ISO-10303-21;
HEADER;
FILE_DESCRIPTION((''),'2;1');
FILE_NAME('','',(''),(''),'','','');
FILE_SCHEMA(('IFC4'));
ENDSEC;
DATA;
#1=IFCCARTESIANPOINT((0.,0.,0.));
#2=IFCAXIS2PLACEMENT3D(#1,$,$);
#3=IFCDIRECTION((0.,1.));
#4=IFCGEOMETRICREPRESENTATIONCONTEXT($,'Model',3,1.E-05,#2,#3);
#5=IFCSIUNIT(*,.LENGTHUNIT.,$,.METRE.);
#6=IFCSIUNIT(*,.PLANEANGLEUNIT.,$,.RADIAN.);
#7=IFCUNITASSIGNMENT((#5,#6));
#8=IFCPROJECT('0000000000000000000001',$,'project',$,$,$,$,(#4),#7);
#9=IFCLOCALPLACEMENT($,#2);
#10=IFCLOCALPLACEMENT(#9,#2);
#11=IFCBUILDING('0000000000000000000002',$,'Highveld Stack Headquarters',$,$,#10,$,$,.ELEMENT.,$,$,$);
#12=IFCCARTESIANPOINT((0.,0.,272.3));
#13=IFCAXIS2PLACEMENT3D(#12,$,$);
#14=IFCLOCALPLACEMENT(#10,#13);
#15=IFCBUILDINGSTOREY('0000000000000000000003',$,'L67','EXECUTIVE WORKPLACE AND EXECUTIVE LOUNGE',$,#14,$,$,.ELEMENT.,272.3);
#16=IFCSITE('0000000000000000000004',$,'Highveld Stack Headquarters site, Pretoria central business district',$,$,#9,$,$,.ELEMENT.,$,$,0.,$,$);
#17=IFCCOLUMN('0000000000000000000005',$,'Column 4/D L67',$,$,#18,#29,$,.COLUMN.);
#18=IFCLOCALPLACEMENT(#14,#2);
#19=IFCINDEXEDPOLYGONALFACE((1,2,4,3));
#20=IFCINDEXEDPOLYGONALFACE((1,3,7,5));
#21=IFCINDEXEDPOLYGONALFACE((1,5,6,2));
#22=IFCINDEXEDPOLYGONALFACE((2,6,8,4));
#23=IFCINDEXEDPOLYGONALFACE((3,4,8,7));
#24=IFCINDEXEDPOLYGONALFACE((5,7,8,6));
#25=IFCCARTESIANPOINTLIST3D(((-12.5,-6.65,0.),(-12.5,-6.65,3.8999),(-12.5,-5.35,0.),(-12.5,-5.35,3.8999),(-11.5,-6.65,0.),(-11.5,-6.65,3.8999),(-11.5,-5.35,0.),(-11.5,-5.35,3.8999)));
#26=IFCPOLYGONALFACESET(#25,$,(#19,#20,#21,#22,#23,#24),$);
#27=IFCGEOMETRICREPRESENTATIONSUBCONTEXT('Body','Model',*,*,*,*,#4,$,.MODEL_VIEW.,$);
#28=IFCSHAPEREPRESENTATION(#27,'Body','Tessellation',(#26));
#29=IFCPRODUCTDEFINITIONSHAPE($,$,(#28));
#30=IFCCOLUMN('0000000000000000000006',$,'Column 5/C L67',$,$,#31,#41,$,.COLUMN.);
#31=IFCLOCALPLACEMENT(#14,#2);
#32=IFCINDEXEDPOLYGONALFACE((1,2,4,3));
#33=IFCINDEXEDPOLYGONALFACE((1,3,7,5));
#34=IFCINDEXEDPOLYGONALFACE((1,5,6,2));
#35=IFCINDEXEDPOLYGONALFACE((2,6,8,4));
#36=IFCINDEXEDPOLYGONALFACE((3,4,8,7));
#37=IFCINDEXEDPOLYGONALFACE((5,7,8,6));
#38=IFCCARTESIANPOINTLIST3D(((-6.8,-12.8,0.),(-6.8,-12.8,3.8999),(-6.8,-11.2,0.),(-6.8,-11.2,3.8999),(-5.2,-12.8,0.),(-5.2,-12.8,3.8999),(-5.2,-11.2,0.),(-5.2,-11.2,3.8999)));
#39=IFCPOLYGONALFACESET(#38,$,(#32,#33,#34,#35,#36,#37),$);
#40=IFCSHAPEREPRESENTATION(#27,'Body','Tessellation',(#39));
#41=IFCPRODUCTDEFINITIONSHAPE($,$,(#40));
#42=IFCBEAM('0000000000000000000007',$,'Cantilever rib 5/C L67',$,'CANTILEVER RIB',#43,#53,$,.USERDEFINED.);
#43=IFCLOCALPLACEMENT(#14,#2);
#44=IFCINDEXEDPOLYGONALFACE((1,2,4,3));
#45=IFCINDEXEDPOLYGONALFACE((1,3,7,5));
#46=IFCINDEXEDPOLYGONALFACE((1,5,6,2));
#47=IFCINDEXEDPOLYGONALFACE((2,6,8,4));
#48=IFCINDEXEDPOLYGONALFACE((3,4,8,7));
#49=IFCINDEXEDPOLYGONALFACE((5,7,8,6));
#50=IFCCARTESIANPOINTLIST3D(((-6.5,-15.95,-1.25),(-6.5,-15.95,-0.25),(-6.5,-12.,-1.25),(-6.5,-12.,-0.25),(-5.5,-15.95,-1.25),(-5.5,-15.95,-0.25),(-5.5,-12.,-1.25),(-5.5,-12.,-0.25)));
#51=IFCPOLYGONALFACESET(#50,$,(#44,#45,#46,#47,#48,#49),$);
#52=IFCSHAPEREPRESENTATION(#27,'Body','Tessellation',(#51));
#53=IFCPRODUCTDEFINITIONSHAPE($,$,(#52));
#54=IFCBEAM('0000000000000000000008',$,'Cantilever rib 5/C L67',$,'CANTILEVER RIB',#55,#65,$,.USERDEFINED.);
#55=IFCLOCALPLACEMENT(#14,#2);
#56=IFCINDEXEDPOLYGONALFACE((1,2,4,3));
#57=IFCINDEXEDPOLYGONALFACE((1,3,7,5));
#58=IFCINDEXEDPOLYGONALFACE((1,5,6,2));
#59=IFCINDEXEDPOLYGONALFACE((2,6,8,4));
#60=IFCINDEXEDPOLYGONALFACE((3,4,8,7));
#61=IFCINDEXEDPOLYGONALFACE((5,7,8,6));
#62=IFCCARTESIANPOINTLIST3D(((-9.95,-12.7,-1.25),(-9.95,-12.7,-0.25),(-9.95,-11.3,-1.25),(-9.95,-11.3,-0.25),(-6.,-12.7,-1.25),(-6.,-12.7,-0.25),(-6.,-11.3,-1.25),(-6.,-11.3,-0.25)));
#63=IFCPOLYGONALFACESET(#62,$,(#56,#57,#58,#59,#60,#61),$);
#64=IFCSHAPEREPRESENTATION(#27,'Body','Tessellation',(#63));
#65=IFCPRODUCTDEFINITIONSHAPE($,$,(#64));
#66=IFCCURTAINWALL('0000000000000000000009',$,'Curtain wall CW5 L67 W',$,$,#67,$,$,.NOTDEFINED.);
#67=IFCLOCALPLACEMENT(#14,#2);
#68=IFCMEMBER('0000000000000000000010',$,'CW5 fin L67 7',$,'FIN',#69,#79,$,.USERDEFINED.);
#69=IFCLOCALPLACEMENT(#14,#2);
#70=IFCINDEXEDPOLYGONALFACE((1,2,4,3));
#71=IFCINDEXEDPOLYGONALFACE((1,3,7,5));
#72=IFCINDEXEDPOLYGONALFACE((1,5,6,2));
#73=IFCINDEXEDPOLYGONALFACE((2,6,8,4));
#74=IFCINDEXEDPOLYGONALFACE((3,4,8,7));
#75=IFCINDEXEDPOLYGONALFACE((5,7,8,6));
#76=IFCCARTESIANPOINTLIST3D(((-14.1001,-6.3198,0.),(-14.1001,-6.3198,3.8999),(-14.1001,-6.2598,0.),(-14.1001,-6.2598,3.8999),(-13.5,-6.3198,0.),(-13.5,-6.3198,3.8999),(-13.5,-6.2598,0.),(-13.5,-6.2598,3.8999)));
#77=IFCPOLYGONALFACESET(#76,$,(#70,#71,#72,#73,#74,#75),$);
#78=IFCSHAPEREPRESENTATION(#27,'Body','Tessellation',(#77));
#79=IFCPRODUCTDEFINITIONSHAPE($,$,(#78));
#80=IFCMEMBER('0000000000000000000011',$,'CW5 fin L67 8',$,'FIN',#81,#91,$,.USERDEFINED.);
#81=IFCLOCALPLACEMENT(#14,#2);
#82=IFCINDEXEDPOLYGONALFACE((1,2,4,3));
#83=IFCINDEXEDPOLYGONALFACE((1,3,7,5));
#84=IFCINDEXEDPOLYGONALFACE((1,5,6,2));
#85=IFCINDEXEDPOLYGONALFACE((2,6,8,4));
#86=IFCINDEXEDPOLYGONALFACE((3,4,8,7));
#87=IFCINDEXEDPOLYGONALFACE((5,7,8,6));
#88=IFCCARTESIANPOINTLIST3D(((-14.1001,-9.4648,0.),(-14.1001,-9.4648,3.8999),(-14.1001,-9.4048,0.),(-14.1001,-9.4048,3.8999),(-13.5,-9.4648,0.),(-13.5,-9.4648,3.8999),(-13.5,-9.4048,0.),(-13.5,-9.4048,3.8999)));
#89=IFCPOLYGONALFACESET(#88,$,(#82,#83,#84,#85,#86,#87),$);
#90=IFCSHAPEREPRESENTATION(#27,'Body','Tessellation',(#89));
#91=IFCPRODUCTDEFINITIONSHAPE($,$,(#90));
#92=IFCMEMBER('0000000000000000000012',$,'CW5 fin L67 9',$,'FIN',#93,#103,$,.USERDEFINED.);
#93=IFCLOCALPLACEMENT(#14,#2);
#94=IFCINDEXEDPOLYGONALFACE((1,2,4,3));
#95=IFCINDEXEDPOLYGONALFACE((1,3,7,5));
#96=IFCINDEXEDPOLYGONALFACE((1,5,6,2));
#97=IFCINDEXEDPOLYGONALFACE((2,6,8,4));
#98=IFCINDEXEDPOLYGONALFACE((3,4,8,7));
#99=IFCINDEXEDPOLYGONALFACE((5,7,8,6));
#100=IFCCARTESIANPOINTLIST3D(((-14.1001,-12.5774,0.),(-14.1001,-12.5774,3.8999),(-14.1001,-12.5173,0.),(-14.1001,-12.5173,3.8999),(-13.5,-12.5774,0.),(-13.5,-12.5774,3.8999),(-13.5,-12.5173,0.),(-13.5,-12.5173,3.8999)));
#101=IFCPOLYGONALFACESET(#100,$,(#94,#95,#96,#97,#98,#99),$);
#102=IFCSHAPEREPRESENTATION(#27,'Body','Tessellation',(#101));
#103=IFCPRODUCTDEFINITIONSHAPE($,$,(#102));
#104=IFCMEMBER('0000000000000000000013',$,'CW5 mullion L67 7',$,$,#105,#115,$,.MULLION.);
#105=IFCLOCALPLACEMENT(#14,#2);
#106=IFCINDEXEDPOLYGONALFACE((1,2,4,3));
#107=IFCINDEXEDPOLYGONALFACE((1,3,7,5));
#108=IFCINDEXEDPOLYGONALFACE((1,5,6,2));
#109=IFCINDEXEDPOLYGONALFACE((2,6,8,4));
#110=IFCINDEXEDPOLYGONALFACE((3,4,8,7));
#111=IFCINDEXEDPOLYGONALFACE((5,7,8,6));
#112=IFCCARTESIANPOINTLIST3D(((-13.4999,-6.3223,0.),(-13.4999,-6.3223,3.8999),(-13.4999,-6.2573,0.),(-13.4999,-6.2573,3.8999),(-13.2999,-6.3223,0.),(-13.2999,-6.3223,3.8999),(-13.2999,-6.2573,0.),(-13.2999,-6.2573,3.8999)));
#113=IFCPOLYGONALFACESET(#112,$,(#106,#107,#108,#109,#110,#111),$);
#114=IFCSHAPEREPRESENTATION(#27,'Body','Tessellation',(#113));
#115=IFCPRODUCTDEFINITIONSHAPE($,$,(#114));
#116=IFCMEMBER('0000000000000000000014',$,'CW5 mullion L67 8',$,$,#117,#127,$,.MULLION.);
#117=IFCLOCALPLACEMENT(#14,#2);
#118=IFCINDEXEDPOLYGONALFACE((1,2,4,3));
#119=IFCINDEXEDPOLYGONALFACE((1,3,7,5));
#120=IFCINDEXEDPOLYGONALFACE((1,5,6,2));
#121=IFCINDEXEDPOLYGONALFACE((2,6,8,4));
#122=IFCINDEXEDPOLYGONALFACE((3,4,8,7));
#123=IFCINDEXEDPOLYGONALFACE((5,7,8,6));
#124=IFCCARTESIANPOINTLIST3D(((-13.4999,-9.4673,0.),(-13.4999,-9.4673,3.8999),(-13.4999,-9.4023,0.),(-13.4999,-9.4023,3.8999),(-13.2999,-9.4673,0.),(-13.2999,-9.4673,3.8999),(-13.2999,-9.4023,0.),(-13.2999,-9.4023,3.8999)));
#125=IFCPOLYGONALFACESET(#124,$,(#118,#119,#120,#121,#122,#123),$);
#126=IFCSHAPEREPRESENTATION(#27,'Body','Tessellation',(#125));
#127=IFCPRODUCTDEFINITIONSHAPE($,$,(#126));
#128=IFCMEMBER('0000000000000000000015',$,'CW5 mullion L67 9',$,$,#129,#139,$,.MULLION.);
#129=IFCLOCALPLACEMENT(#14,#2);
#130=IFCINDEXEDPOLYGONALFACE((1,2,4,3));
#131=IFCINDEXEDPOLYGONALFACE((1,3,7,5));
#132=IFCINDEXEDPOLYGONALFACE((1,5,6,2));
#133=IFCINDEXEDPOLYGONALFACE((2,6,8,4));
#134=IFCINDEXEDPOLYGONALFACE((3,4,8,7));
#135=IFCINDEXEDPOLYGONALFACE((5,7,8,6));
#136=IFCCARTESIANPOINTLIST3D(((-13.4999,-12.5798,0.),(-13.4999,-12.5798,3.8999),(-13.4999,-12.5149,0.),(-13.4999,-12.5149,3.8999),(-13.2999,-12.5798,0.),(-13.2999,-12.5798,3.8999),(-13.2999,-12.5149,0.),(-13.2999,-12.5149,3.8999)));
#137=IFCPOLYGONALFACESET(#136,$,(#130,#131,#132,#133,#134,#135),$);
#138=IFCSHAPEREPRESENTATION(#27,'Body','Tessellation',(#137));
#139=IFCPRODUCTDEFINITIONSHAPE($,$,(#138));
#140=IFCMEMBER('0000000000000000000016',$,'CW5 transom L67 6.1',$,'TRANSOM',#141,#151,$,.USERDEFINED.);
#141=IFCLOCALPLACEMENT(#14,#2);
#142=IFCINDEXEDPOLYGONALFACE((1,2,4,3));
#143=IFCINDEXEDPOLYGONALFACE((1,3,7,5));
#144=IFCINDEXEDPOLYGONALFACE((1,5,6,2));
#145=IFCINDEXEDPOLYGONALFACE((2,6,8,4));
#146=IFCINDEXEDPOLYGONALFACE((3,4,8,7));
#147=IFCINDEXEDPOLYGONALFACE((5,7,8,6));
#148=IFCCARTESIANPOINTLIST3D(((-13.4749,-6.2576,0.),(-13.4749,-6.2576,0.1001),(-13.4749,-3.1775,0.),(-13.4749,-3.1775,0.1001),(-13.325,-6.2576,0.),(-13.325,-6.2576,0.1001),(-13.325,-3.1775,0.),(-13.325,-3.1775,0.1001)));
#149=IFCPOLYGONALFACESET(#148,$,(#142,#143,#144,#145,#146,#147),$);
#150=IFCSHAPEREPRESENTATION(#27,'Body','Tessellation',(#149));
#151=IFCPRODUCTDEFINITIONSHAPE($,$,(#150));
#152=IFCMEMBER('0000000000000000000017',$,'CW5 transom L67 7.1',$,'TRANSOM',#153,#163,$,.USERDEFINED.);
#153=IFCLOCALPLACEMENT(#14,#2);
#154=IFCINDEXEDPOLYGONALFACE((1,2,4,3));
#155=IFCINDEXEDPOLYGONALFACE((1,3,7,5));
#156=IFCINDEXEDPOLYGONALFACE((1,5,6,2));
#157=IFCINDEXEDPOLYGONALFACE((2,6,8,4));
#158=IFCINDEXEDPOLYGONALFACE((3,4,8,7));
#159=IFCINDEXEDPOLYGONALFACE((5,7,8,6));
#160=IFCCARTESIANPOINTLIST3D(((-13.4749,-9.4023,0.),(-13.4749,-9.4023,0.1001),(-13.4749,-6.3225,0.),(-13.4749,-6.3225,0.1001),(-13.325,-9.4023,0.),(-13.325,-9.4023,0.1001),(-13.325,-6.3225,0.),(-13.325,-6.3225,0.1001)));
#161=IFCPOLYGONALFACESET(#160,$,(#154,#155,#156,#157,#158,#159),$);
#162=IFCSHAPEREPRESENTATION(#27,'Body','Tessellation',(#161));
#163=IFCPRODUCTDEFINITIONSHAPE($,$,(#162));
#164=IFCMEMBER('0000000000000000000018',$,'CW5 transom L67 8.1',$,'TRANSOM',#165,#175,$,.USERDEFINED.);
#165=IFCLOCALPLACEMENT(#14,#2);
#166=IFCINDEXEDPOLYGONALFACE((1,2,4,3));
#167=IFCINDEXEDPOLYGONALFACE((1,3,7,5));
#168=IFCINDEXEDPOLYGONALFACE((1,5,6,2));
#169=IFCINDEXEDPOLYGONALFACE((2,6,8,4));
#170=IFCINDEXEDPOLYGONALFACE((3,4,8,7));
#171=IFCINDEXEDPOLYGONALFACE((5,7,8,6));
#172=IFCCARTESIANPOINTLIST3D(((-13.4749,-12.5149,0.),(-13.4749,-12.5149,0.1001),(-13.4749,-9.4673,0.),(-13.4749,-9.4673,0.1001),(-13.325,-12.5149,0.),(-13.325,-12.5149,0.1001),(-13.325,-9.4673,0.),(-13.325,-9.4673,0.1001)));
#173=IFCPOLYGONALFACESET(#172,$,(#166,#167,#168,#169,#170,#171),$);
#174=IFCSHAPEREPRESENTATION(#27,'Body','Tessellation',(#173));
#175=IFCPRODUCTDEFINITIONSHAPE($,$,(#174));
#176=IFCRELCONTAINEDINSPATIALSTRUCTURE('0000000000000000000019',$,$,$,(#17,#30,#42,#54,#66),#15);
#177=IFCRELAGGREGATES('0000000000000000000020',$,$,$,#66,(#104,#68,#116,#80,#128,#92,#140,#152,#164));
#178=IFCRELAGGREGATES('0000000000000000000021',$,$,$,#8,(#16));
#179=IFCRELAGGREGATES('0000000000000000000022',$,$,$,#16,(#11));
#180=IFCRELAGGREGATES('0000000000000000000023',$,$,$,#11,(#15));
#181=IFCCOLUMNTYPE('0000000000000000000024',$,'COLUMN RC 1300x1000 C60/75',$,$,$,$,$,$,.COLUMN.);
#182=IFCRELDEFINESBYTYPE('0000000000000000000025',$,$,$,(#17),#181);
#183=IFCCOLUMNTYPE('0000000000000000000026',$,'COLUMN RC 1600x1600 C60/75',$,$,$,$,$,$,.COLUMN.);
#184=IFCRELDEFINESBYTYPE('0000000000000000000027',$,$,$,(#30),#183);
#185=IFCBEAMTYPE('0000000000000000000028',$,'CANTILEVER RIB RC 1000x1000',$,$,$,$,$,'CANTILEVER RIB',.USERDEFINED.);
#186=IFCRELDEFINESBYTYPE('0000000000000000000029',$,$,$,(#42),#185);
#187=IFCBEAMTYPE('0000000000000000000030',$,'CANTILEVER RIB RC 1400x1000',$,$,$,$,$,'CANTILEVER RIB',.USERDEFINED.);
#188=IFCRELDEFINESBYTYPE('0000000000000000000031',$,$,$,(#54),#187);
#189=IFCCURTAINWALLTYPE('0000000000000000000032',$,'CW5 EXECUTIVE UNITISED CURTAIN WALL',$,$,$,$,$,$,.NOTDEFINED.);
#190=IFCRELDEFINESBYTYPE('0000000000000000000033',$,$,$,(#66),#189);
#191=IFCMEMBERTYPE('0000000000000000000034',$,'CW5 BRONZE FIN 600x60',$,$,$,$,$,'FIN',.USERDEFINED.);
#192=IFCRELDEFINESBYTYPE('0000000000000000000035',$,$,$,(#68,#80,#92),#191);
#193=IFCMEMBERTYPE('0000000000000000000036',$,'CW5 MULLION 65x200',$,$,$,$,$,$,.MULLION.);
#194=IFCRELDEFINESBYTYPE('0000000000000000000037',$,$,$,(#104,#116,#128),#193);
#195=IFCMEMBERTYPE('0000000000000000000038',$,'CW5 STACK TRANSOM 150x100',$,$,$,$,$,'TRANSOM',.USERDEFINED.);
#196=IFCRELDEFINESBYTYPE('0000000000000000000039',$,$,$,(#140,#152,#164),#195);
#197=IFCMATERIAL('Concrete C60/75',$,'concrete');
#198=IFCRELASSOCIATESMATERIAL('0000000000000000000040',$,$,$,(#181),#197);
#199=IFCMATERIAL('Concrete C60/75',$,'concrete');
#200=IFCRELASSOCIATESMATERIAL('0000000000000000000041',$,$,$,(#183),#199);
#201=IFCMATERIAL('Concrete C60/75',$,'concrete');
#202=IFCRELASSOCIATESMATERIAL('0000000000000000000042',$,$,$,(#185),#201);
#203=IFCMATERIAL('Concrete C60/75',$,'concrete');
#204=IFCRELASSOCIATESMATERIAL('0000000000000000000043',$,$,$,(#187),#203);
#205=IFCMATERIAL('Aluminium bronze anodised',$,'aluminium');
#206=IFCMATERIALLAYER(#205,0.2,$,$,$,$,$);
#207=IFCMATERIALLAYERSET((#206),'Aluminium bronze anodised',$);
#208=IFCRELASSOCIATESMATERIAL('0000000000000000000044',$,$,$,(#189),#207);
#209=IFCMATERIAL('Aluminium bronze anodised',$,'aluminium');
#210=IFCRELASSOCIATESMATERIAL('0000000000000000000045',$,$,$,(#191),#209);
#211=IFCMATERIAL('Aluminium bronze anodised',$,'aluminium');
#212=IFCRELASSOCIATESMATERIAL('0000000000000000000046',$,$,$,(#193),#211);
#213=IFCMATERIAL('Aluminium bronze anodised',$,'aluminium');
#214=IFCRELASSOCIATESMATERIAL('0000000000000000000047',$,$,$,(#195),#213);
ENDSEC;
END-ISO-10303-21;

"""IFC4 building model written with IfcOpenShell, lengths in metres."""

from ifc_helpers import new_model, si_unit, direction, frame, origin, origin_2d, place, context, subcontext, project, spatial, rectangle, extrude, material, layer, layer_set, material_profile, profile_set, type_object, element, aggregate, save


model = new_model("IFC4")

# Units and contexts
model_context = context("Model", 3, precision=1e-05, world=origin(), true_north=direction((0.0, 1.0)))
body_context = subcontext(model_context, "Body", "Model", "MODEL_VIEW")
ifc_project = project(units=[si_unit("LENGTHUNIT", "METRE"), si_unit("PLANEANGLEUNIT", "RADIAN")], contexts=[model_context])

# Site, building, storey
site_placement = place(None, origin())
site = spatial("IfcSite", under=ifc_project, at=site_placement, Name="Highveld Stack Headquarters site, Pretoria central business district", CompositionType="ELEMENT", RefElevation=0.0)
building_placement = place(site_placement, origin())
building = spatial("IfcBuilding", under=site, at=building_placement, Name="Highveld Stack Headquarters", CompositionType="ELEMENT")
storey_placement = place(building_placement, frame((0.0, 0.0, 272.3)))
storey = spatial("IfcBuildingStorey", under=building, at=storey_placement, Name="L67", Description="EXECUTIVE WORKPLACE AND EXECUTIVE LOUNGE", CompositionType="ELEMENT", Elevation=272.3)

# Columns
ifc_material_1 = material(Name="Concrete C60/75", Category="concrete")
ifc_material_profile_1 = material_profile(ifc_material_1, rectangle(XDim=1.3, YDim=1.0, at=origin_2d()), Name="RC 1300x1000")
ifc_profile_set_1 = profile_set([ifc_material_profile_1], Name="Concrete C60/75")
column_type_1 = type_object("IfcColumnType", Name="COLUMN RC 1300x1000 C60/75", PredefinedType="COLUMN", material=ifc_profile_set_1)
column_1_placement = place(storey_placement, frame((-12.0, -6.0, 0.0), z_axis=(0.0, 0.0, 1.0), x_axis=(0.0, 1.0, 0.0)))
element("IfcColumn", 1, at=column_1_placement, inside=storey, type_object=column_type_1, Name="Column 4/D L67", PredefinedType="COLUMN", context=body_context, shape_type="SweptSolid", body=[
    extrude(rectangle(XDim=1.3, YDim=1.0, at=origin_2d()), origin(), (0.0, 0.0, 1.0), 3.8999),
])
ifc_material_2 = material(Name="Concrete C60/75", Category="concrete")
ifc_material_profile_2 = material_profile(ifc_material_2, rectangle(XDim=1.6001, YDim=1.6001, at=origin_2d()), Name="RC 1600x1600")
ifc_profile_set_2 = profile_set([ifc_material_profile_2], Name="Concrete C60/75")
column_type_2 = type_object("IfcColumnType", Name="COLUMN RC 1600x1600 C60/75", PredefinedType="COLUMN", material=ifc_profile_set_2)
column_2_placement = place(storey_placement, frame((-6.0, -12.0, 0.0), z_axis=(0.0, 0.0, 1.0), x_axis=(1.0, 0.0, 0.0)))
element("IfcColumn", 2, at=column_2_placement, inside=storey, type_object=column_type_2, Name="Column 5/C L67", PredefinedType="COLUMN", context=body_context, shape_type="SweptSolid", body=[
    extrude(rectangle(XDim=1.6001, YDim=1.6001, at=origin_2d()), origin(), (0.0, 0.0, 1.0), 3.8999),
])

# Beams
ifc_material_3 = material(Name="Concrete C60/75", Category="concrete")
ifc_material_profile_3 = material_profile(ifc_material_3, rectangle(XDim=1.0, YDim=1.0, at=origin_2d()), Name="RC 1000x1000")
ifc_profile_set_3 = profile_set([ifc_material_profile_3], Name="Concrete C60/75")
beam_type_1 = type_object("IfcBeamType", Name="CANTILEVER RIB RC 1000x1000", ElementType="CANTILEVER RIB", PredefinedType="USERDEFINED", material=ifc_profile_set_3)
beam_1_placement = place(storey_placement, frame((-6.0, -12.0, -0.75), z_axis=(0.0, -1.0, 0.0), x_axis=(1.0, 0.0, 0.0)))
element("IfcBeam", 3, at=beam_1_placement, inside=storey, type_object=beam_type_1, Name="Cantilever rib 5/C L67", ObjectType="CANTILEVER RIB", PredefinedType="USERDEFINED", context=body_context, shape_type="SweptSolid", body=[
    extrude(rectangle(XDim=1.0, YDim=1.0, at=origin_2d()), origin(), (0.0, 0.0, 1.0), 3.95),
])
ifc_material_4 = material(Name="Concrete C60/75", Category="concrete")
ifc_material_profile_4 = material_profile(ifc_material_4, rectangle(XDim=1.3999, YDim=1.0, at=origin_2d()), Name="RC 1400x1000")
ifc_profile_set_4 = profile_set([ifc_material_profile_4], Name="Concrete C60/75")
beam_type_2 = type_object("IfcBeamType", Name="CANTILEVER RIB RC 1400x1000", ElementType="CANTILEVER RIB", PredefinedType="USERDEFINED", material=ifc_profile_set_4)
beam_2_placement = place(storey_placement, frame((-6.0, -12.0, -0.75), z_axis=(-1.0, 0.0, 0.0), x_axis=(0.0, -1.0, 0.0)))
element("IfcBeam", 4, at=beam_2_placement, inside=storey, type_object=beam_type_2, Name="Cantilever rib 5/C L67", ObjectType="CANTILEVER RIB", PredefinedType="USERDEFINED", context=body_context, shape_type="SweptSolid", body=[
    extrude(rectangle(XDim=1.3999, YDim=1.0, at=origin_2d()), origin(), (0.0, 0.0, 1.0), 3.95),
])

# Curtain wall, members
ifc_material_5 = material(Name="Aluminium bronze anodised", Category="aluminium")
ifc_layer_1 = layer(ifc_material_5, 0.2)
ifc_layer_set_1 = layer_set([ifc_layer_1], Name="Aluminium bronze anodised")
curtain_wall_type = type_object("IfcCurtainWallType", Name="CW5 EXECUTIVE UNITISED CURTAIN WALL", PredefinedType="NOTDEFINED", material=ifc_layer_set_1)
curtain_wall_placement = place(storey_placement, origin())
curtain_wall = element("IfcCurtainWall", 5, at=curtain_wall_placement, inside=storey, type_object=curtain_wall_type, Name="Curtain wall CW5 L67 W", PredefinedType="NOTDEFINED")
ifc_material_6 = material(Name="Aluminium bronze anodised", Category="aluminium")
ifc_material_profile_5 = material_profile(ifc_material_6, rectangle(XDim=0.6001, YDim=0.0601, at=origin_2d()), Name="FIN 600x60")
ifc_profile_set_5 = profile_set([ifc_material_profile_5], Name="Aluminium bronze anodised")
member_type_1 = type_object("IfcMemberType", Name="CW5 BRONZE FIN 600x60", ElementType="FIN", PredefinedType="USERDEFINED", material=ifc_profile_set_5)
member_1_placement = place(storey_placement, frame((-13.8, -6.2898, 0.0), z_axis=(0.0, 0.0, 1.0), x_axis=(1.0, 0.0, 0.0)))
member_1 = element("IfcMember", 6, at=member_1_placement, type_object=member_type_1, Name="CW5 fin L67 7", ObjectType="FIN", PredefinedType="USERDEFINED", context=body_context, shape_type="SweptSolid", body=[
    extrude(rectangle(XDim=0.6001, YDim=0.0601, at=origin_2d()), origin(), (0.0, 0.0, 1.0), 3.8999),
])
member_2_placement = place(storey_placement, frame((-13.8, -9.4348, 0.0), z_axis=(0.0, 0.0, 1.0), x_axis=(1.0, 0.0, 0.0)))
member_2 = element("IfcMember", 7, at=member_2_placement, type_object=member_type_1, Name="CW5 fin L67 8", ObjectType="FIN", PredefinedType="USERDEFINED", context=body_context, shape_type="SweptSolid", body=[
    extrude(rectangle(XDim=0.6001, YDim=0.0601, at=origin_2d()), origin(), (0.0, 0.0, 1.0), 3.8999),
])
member_3_placement = place(storey_placement, frame((-13.8, -12.5474, 0.0), z_axis=(0.0, 0.0, 1.0), x_axis=(1.0, 0.0, 0.0)))
member_3 = element("IfcMember", 8, at=member_3_placement, type_object=member_type_1, Name="CW5 fin L67 9", ObjectType="FIN", PredefinedType="USERDEFINED", context=body_context, shape_type="SweptSolid", body=[
    extrude(rectangle(XDim=0.6001, YDim=0.0601, at=origin_2d()), origin(), (0.0, 0.0, 1.0), 3.8999),
])
ifc_material_7 = material(Name="Aluminium bronze anodised", Category="aluminium")
ifc_material_profile_6 = material_profile(ifc_material_7, rectangle(XDim=0.2, YDim=0.0649, at=origin_2d()), Name="CW5 MULLION 65x200")
ifc_profile_set_6 = profile_set([ifc_material_profile_6], Name="Aluminium bronze anodised")
member_type_2 = type_object("IfcMemberType", Name="CW5 MULLION 65x200", PredefinedType="MULLION", material=ifc_profile_set_6)
member_4_placement = place(storey_placement, frame((-13.3999, -6.2898, 0.0), z_axis=(0.0, 0.0, 1.0), x_axis=(1.0, 0.0, 0.0)))
member_4 = element("IfcMember", 9, at=member_4_placement, type_object=member_type_2, Name="CW5 mullion L67 7", PredefinedType="MULLION", context=body_context, shape_type="SweptSolid", body=[
    extrude(rectangle(XDim=0.2, YDim=0.0649, at=origin_2d()), origin(), (0.0, 0.0, 1.0), 3.8999),
])
member_5_placement = place(storey_placement, frame((-13.3999, -9.4348, 0.0), z_axis=(0.0, 0.0, 1.0), x_axis=(1.0, 0.0, 0.0)))
member_5 = element("IfcMember", 10, at=member_5_placement, type_object=member_type_2, Name="CW5 mullion L67 8", PredefinedType="MULLION", context=body_context, shape_type="SweptSolid", body=[
    extrude(rectangle(XDim=0.2, YDim=0.0649, at=origin_2d()), origin(), (0.0, 0.0, 1.0), 3.8999),
])
member_6_placement = place(storey_placement, frame((-13.3999, -12.5474, 0.0), z_axis=(0.0, 0.0, 1.0), x_axis=(1.0, 0.0, 0.0)))
member_6 = element("IfcMember", 11, at=member_6_placement, type_object=member_type_2, Name="CW5 mullion L67 9", PredefinedType="MULLION", context=body_context, shape_type="SweptSolid", body=[
    extrude(rectangle(XDim=0.2, YDim=0.0649, at=origin_2d()), origin(), (0.0, 0.0, 1.0), 3.8999),
])
ifc_material_8 = material(Name="Aluminium bronze anodised", Category="aluminium")
ifc_material_profile_7 = material_profile(ifc_material_8, rectangle(XDim=0.1499, YDim=0.1001, at=origin_2d()), Name="CW5 TRANSOM 150x100")
ifc_profile_set_7 = profile_set([ifc_material_profile_7], Name="Aluminium bronze anodised")
member_type_3 = type_object("IfcMemberType", Name="CW5 STACK TRANSOM 150x100", ElementType="TRANSOM", PredefinedType="USERDEFINED", material=ifc_profile_set_7)
member_7_placement = place(storey_placement, frame((-13.3999, -3.1775, 0.05), z_axis=(0.0, -1.0, 0.0), x_axis=(1.0, 0.0, 0.0)))
member_7 = element("IfcMember", 12, at=member_7_placement, type_object=member_type_3, Name="CW5 transom L67 6.1", ObjectType="TRANSOM", PredefinedType="USERDEFINED", context=body_context, shape_type="SweptSolid", body=[
    extrude(rectangle(XDim=0.1499, YDim=0.1001, at=origin_2d()), origin(), (0.0, 0.0, 1.0), 3.0801),
])
member_8_placement = place(storey_placement, frame((-13.3999, -6.3225, 0.05), z_axis=(0.0, -1.0, 0.0), x_axis=(1.0, 0.0, 0.0)))
member_8 = element("IfcMember", 13, at=member_8_placement, type_object=member_type_3, Name="CW5 transom L67 7.1", ObjectType="TRANSOM", PredefinedType="USERDEFINED", context=body_context, shape_type="SweptSolid", body=[
    extrude(rectangle(XDim=0.1499, YDim=0.1001, at=origin_2d()), origin(), (0.0, 0.0, 1.0), 3.0798),
])
member_9_placement = place(storey_placement, frame((-13.3999, -9.4673, 0.05), z_axis=(0.0, -1.0, 0.0), x_axis=(1.0, 0.0, 0.0)))
member_9 = element("IfcMember", 14, at=member_9_placement, type_object=member_type_3, Name="CW5 transom L67 8.1", ObjectType="TRANSOM", PredefinedType="USERDEFINED", context=body_context, shape_type="SweptSolid", body=[
    extrude(rectangle(XDim=0.1499, YDim=0.1001, at=origin_2d()), origin(), (0.0, 0.0, 1.0), 3.0476),
])

aggregate(curtain_wall, [member_4, member_1, member_5, member_2, member_6, member_3, member_7, member_8, member_9])

save(model, "model.ifc")
